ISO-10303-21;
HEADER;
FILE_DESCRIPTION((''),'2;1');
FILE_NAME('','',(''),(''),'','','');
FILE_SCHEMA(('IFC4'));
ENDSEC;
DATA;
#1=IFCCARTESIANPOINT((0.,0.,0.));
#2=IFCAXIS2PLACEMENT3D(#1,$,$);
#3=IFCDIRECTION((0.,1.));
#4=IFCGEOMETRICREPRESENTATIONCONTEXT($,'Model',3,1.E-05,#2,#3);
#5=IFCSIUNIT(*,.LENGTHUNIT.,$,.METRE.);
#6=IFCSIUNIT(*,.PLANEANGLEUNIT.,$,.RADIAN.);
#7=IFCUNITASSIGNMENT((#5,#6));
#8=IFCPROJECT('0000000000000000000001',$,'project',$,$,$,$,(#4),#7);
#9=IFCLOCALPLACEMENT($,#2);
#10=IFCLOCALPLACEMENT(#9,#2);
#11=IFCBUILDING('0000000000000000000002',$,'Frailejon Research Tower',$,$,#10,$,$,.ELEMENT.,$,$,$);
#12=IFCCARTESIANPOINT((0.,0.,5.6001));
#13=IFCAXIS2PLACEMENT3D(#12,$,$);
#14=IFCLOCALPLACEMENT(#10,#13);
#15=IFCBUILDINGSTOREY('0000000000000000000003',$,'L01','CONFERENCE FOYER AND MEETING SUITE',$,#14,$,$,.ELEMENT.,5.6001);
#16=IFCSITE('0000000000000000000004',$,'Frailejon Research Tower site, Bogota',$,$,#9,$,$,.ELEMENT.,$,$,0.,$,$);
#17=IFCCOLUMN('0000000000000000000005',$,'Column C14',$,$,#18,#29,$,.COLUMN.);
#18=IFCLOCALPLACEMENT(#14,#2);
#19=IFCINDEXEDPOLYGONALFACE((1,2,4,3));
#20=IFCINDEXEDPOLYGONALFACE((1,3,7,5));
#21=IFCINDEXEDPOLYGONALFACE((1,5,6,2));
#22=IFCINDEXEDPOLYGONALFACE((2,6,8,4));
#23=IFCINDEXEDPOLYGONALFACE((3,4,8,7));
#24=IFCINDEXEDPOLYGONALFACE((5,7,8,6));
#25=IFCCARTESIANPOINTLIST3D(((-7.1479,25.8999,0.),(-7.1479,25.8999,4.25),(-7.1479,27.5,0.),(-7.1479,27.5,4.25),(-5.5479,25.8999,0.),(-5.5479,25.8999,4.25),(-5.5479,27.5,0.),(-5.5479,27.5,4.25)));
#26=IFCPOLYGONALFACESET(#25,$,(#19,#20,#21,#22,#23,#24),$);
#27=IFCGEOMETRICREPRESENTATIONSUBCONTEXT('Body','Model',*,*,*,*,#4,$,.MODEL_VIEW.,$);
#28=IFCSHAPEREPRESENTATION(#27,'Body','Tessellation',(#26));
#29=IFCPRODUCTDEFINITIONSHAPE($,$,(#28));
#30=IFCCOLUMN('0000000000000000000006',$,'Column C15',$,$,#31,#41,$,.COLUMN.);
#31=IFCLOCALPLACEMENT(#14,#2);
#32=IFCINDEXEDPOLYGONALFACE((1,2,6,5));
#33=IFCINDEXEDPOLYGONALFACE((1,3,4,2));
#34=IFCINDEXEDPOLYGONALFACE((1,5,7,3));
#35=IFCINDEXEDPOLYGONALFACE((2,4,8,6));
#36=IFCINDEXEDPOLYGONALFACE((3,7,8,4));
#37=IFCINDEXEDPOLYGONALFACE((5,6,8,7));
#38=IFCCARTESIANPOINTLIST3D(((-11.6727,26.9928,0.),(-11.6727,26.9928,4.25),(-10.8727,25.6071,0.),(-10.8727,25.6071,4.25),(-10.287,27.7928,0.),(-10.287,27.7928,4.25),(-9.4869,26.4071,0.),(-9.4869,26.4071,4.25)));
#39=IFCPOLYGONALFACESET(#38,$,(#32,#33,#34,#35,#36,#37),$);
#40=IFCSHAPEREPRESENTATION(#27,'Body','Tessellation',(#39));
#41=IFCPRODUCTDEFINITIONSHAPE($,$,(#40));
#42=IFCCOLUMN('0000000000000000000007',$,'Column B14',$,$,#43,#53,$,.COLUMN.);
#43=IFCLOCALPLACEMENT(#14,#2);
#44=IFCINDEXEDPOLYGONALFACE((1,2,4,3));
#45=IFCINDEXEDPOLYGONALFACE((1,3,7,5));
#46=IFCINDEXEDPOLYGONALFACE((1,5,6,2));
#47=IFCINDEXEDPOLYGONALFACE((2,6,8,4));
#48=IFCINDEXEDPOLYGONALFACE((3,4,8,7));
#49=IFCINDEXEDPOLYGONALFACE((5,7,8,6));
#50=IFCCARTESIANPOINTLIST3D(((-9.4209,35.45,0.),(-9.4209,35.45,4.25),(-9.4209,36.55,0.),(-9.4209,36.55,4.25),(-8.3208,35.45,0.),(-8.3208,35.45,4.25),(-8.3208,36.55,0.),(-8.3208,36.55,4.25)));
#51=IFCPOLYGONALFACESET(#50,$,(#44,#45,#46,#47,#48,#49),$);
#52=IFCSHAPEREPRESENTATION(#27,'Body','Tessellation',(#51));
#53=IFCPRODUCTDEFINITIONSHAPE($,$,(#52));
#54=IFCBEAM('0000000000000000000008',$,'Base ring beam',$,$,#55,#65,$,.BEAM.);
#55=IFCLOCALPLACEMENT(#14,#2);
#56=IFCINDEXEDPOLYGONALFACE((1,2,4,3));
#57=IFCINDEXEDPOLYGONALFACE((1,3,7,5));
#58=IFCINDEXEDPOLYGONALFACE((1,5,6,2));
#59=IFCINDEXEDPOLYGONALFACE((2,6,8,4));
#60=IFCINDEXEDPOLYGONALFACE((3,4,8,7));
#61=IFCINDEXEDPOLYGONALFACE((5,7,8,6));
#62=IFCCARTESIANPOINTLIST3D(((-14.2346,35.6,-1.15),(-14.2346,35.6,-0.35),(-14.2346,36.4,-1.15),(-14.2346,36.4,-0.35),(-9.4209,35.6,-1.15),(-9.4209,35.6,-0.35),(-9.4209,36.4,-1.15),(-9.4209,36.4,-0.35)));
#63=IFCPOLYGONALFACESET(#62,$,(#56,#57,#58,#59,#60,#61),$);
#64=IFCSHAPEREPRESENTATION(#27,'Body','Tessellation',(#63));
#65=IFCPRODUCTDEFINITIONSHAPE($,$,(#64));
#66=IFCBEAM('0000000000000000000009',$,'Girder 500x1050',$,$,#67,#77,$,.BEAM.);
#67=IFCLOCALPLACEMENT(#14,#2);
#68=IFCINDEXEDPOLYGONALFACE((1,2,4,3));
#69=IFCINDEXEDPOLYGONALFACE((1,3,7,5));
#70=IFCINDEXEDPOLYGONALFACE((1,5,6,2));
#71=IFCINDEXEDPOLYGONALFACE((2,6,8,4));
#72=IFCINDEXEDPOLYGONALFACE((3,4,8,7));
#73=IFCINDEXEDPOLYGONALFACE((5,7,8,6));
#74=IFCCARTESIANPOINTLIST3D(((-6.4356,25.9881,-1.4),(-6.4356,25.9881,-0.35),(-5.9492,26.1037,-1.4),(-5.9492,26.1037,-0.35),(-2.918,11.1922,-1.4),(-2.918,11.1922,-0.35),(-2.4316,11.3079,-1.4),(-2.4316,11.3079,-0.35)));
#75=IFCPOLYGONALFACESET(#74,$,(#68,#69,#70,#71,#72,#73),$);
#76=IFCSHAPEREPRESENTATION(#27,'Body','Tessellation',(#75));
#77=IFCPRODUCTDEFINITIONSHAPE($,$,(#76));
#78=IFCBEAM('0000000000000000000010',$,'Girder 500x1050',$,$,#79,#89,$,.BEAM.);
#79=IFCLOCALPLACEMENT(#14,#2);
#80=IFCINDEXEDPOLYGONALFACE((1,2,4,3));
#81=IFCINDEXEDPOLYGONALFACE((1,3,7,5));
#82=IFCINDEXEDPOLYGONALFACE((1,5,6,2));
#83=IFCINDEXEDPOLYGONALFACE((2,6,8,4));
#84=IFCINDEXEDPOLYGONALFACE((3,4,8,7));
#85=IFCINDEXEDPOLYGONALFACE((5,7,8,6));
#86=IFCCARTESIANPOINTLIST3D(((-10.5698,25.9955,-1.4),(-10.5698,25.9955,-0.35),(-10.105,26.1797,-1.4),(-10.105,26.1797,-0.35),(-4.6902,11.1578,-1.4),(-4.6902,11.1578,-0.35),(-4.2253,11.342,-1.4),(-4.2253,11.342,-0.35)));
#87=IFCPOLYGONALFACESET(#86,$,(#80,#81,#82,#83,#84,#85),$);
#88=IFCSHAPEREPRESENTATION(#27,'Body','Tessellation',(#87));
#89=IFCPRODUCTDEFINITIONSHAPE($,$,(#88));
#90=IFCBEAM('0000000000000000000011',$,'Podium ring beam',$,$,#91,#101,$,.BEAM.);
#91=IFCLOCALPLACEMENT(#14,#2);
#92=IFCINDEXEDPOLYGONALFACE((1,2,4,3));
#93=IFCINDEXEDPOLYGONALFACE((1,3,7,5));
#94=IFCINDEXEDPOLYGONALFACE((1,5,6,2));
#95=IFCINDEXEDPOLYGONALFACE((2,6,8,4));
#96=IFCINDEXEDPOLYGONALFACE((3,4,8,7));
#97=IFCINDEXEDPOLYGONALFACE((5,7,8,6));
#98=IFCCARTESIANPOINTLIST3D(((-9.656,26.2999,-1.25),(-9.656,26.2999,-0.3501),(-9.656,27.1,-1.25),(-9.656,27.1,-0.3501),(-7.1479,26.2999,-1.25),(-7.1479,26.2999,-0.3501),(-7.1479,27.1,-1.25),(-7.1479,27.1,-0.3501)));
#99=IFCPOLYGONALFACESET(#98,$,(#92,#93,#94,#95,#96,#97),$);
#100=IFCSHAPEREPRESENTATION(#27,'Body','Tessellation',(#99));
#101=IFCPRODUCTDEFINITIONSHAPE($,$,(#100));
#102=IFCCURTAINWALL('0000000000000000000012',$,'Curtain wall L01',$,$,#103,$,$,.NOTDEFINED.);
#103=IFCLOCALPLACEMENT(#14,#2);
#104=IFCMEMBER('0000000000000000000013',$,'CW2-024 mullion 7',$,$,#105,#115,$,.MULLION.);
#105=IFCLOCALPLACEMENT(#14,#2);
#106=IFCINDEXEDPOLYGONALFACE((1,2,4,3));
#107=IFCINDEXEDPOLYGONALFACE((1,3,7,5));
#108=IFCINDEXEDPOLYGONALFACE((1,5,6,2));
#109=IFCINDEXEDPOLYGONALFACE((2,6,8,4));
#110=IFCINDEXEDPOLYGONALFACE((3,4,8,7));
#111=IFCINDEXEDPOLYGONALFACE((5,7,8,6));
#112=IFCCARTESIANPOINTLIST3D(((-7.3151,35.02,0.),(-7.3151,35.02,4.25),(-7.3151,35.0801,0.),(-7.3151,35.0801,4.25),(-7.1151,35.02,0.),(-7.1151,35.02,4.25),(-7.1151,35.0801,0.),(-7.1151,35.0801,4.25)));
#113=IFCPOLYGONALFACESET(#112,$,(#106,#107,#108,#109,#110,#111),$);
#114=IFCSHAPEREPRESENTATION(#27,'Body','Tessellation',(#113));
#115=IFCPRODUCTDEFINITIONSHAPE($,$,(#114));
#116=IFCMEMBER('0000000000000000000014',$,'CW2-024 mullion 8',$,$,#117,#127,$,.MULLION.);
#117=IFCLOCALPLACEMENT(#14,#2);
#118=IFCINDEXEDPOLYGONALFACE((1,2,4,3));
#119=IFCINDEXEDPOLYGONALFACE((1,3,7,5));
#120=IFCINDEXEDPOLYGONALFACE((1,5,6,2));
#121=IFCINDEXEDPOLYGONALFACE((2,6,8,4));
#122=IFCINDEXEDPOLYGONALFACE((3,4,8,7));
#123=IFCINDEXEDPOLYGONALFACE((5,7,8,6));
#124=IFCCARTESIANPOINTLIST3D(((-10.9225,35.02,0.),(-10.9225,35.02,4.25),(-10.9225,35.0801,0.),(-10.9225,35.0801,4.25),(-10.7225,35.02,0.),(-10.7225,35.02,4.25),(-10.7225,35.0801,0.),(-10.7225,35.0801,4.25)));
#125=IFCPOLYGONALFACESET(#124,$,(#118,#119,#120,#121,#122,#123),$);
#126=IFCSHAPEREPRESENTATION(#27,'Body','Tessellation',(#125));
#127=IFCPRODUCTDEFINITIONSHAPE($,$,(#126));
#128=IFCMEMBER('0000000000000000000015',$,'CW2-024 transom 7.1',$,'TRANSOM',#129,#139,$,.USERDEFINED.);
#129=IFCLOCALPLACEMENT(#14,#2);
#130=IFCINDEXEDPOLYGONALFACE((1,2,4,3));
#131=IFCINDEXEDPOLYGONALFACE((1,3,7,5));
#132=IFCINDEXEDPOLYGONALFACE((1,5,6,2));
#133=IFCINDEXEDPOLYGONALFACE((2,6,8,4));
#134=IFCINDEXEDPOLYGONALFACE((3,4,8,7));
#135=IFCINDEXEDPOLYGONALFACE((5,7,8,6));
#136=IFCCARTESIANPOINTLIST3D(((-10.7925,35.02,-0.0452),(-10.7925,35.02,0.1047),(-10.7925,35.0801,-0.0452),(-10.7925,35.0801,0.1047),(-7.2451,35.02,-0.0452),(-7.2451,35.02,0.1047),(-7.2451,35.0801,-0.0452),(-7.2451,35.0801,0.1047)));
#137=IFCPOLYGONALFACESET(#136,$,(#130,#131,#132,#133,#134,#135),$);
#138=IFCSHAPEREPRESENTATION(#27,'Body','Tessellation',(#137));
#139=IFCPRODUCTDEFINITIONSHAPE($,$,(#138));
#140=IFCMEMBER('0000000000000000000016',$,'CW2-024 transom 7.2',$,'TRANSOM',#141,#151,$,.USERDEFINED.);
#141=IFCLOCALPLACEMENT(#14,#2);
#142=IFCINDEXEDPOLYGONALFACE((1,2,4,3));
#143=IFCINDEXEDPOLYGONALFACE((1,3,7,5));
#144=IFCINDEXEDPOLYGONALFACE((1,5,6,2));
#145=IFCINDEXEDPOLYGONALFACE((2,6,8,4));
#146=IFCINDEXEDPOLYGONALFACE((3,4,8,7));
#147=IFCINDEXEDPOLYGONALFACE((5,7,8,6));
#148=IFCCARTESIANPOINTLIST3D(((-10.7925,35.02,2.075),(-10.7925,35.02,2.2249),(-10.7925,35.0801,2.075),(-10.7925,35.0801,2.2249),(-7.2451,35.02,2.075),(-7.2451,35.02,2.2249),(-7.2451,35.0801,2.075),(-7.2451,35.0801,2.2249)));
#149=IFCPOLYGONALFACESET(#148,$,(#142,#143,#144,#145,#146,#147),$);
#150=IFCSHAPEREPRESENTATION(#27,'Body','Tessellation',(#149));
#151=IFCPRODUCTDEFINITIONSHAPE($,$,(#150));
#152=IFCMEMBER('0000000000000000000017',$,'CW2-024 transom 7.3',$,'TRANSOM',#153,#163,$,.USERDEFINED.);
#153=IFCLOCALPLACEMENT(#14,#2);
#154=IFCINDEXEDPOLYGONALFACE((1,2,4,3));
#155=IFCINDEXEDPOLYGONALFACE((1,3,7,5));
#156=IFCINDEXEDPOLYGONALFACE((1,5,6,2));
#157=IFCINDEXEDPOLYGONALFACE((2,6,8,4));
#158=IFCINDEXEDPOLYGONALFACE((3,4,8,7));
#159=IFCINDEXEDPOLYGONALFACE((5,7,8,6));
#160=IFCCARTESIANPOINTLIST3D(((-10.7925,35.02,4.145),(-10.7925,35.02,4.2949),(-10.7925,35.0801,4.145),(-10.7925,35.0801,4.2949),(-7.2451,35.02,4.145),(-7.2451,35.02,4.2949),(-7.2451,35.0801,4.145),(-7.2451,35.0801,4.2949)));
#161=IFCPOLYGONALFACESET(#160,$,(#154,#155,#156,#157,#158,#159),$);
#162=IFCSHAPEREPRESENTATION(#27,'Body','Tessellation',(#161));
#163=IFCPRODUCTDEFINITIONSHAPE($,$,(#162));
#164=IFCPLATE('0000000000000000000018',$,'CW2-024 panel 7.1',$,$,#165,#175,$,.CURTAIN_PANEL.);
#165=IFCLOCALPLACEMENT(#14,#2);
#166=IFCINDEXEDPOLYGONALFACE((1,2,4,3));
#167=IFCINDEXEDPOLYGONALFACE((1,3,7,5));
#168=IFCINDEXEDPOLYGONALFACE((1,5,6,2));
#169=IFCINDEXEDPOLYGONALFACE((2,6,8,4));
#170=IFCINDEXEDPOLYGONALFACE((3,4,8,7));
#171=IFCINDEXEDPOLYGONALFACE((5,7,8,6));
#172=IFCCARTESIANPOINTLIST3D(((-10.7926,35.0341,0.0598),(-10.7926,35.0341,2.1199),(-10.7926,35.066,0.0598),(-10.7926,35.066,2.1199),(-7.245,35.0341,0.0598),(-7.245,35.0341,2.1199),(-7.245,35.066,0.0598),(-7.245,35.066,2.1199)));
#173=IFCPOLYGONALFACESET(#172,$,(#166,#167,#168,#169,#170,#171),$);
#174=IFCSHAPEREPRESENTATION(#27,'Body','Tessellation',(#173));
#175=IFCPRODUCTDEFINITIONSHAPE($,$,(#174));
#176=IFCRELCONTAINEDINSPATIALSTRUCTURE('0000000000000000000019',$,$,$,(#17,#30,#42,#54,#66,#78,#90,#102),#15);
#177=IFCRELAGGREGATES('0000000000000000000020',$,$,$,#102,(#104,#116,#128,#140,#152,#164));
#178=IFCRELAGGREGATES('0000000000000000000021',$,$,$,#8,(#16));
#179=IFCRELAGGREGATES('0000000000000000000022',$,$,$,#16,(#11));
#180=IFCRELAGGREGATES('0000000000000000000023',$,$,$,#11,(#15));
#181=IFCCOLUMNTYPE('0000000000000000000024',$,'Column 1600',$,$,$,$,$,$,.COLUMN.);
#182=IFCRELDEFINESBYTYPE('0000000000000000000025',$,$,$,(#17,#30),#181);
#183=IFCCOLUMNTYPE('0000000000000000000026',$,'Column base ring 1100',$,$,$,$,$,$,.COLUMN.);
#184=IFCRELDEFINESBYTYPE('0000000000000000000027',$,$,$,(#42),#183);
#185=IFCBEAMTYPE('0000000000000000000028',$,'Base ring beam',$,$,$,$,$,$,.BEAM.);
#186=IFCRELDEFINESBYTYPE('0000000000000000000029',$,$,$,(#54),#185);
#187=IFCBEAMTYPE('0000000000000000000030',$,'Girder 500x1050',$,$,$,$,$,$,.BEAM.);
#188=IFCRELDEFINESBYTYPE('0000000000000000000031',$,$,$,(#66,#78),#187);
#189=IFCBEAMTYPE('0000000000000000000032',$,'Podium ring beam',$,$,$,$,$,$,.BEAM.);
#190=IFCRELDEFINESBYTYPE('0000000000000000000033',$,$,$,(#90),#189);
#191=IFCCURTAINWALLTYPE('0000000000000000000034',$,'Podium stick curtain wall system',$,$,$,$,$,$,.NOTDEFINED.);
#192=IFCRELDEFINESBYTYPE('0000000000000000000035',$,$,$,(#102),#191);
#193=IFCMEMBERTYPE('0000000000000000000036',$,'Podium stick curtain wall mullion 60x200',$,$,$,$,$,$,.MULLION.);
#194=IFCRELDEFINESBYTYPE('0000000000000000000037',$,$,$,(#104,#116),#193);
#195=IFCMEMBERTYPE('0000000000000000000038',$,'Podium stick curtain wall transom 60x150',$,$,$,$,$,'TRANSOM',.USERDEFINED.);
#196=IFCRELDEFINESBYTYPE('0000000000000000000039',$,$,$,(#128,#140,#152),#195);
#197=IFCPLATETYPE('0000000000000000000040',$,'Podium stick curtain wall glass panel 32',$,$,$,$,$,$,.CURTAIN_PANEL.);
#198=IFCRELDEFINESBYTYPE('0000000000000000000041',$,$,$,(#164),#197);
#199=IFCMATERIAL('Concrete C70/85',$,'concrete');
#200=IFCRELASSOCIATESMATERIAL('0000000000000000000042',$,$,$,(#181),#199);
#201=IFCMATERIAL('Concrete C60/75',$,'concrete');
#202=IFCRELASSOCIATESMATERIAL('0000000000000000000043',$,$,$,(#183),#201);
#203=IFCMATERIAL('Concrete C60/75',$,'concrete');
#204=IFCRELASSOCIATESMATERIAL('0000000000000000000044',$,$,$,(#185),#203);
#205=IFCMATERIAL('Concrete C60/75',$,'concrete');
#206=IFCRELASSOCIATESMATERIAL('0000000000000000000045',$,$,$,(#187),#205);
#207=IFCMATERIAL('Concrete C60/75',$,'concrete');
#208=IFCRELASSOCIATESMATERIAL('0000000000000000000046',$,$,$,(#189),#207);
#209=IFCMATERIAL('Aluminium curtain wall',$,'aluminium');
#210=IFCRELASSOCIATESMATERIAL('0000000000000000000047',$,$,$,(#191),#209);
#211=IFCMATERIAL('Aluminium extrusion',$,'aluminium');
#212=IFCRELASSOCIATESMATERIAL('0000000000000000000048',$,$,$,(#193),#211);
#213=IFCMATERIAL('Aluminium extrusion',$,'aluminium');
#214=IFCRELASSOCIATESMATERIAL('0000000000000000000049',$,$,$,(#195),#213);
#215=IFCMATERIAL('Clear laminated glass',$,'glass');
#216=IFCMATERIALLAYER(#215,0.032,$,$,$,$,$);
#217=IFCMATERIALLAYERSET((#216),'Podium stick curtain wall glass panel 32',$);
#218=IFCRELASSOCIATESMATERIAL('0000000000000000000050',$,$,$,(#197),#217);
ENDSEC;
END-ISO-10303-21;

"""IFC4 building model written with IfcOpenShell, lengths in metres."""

from ifc_helpers import new_model, si_unit, direction, frame, origin, origin_2d, place, context, subcontext, project, spatial, rectangle, extrude, material, layer, layer_set, material_profile, profile_set, type_object, element, aggregate, save


model = new_model("IFC4")

# Units and contexts
model_context = context("Model", 3, precision=1e-05, world=origin(), true_north=direction((0.0, 1.0)))
body_context = subcontext(model_context, "Body", "Model", "MODEL_VIEW")
ifc_project = project(units=[si_unit("LENGTHUNIT", "METRE"), si_unit("PLANEANGLEUNIT", "RADIAN")], contexts=[model_context])

# Site, building, storey
site_placement = place(None, origin())
site = spatial("IfcSite", under=ifc_project, at=site_placement, Name="Frailejon Research Tower site, Bogota", CompositionType="ELEMENT", RefElevation=0.0)
building_placement = place(site_placement, origin())
building = spatial("IfcBuilding", under=site, at=building_placement, Name="Frailejon Research Tower", CompositionType="ELEMENT")
storey_placement = place(building_placement, frame((0.0, 0.0, 5.6001)))
storey = spatial("IfcBuildingStorey", under=building, at=storey_placement, Name="L01", Description="CONFERENCE FOYER AND MEETING SUITE", CompositionType="ELEMENT", Elevation=5.6001)

# Columns
ifc_material_1 = material(Name="Concrete C70/85", Category="concrete")
ifc_material_profile_1 = material_profile(ifc_material_1, rectangle(XDim=1.6001, YDim=1.6001, at=origin_2d()), Name="Column 1600")
ifc_profile_set_1 = profile_set([ifc_material_profile_1], Name="Concrete C70/85")
column_type_1 = type_object("IfcColumnType", Name="Column 1600", PredefinedType="COLUMN", material=ifc_profile_set_1)
for number, where, z_axis, x_axis, name in (
    (1, (-6.3479, 26.7, 0.0), (0.0, 0.0, 1.0), (-1.0, 0.0, 0.0), "Column C14"),
    (2, (-10.5798, 26.7, 0.0), (0.0, 0.0, 1.0), (-0.866025, -0.5, 0.0), "Column C15"),
):
    element("IfcColumn", number, at=place(storey_placement, frame(where, z_axis=z_axis, x_axis=x_axis)), inside=storey, type_object=column_type_1, Name=name, PredefinedType="COLUMN", context=body_context, shape_type="SweptSolid", body=[
        extrude(rectangle(XDim=1.6001, YDim=1.6001, at=origin_2d()), origin(), (0.0, 0.0, 1.0), 4.25),
    ])
ifc_material_2 = material(Name="Concrete C60/75", Category="concrete")
ifc_material_profile_2 = material_profile(ifc_material_2, rectangle(XDim=1.1001, YDim=1.1001, at=origin_2d()), Name="Column base ring 1100")
ifc_profile_set_2 = profile_set([ifc_material_profile_2], Name="Concrete C60/75")
column_type_2 = type_object("IfcColumnType", Name="Column base ring 1100", PredefinedType="COLUMN", material=ifc_profile_set_2)
column_placement = place(storey_placement, frame((-8.8708, 36.0, 0.0), z_axis=(0.0, 0.0, 1.0), x_axis=(-1.0, 0.0, 0.0)))
element("IfcColumn", 3, at=column_placement, inside=storey, type_object=column_type_2, Name="Column B14", PredefinedType="COLUMN", context=body_context, shape_type="SweptSolid", body=[
    extrude(rectangle(XDim=1.1001, YDim=1.1001, at=origin_2d()), origin(), (0.0, 0.0, 1.0), 4.25),
])

# Beams
ifc_material_3 = material(Name="Concrete C60/75", Category="concrete")
ifc_material_profile_3 = material_profile(ifc_material_3, rectangle(XDim=0.8, YDim=0.8, at=origin_2d()), Name="Base ring beam")
ifc_profile_set_3 = profile_set([ifc_material_profile_3], Name="Concrete C60/75")
beam_type_1 = type_object("IfcBeamType", Name="Base ring beam", PredefinedType="BEAM", material=ifc_profile_set_3)
beam_1_placement = place(storey_placement, frame((-9.4209, 36.0, -0.75), z_axis=(-1.0, 0.0, 0.0), x_axis=(0.0, -1.0, 0.0)))
element("IfcBeam", 4, at=beam_1_placement, inside=storey, type_object=beam_type_1, Name="Base ring beam", PredefinedType="BEAM", context=body_context, shape_type="SweptSolid", body=[
    extrude(rectangle(XDim=0.8, YDim=0.8, at=origin_2d()), origin(), (0.0, 0.0, 1.0), 4.8137),
])
ifc_material_4 = material(Name="Concrete C60/75", Category="concrete")
ifc_material_profile_4 = material_profile(ifc_material_4, rectangle(XDim=0.5, YDim=1.05, at=origin_2d()), Name="Girder 500x1050")
ifc_profile_set_4 = profile_set([ifc_material_profile_4], Name="Concrete C60/75")
beam_type_2 = type_object("IfcBeamType", Name="Girder 500x1050", PredefinedType="BEAM", material=ifc_profile_set_4)
beam_2_placement = place(storey_placement, frame((-6.1924, 26.0459, -0.875), z_axis=(0.231294, -0.972884, 0.0), x_axis=(0.972884, 0.231294, 0.0)))
element("IfcBeam", 5, at=beam_2_placement, inside=storey, type_object=beam_type_2, Name="Girder 500x1050", PredefinedType="BEAM", context=body_context, shape_type="SweptSolid", body=[
    extrude(rectangle(XDim=0.5, YDim=1.05, at=origin_2d()), origin(), (0.0, 0.0, 1.0), 15.2083),
])
beam_3_placement = place(storey_placement, frame((-10.3374, 26.0876, -0.875), z_axis=(0.368395, -0.929669, 0.0), x_axis=(0.929669, 0.368395, 0.0)))
element("IfcBeam", 6, at=beam_3_placement, inside=storey, type_object=beam_type_2, Name="Girder 500x1050", PredefinedType="BEAM", context=body_context, shape_type="SweptSolid", body=[
    extrude(rectangle(XDim=0.5, YDim=1.05, at=origin_2d()), origin(), (0.0, 0.0, 1.0), 15.9602),
])
ifc_material_5 = material(Name="Concrete C60/75", Category="concrete")
ifc_material_profile_5 = material_profile(ifc_material_5, rectangle(XDim=0.8, YDim=0.8999, at=origin_2d()), Name="Podium ring beam")
ifc_profile_set_5 = profile_set([ifc_material_profile_5], Name="Concrete C60/75")
beam_type_3 = type_object("IfcBeamType", Name="Podium ring beam", PredefinedType="BEAM", material=ifc_profile_set_5)
beam_4_placement = place(storey_placement, frame((-7.1479, 26.7, -0.8), z_axis=(-1.0, 0.0, 0.0), x_axis=(0.0, -1.0, 0.0)))
element("IfcBeam", 7, at=beam_4_placement, inside=storey, type_object=beam_type_3, Name="Podium ring beam", PredefinedType="BEAM", context=body_context, shape_type="SweptSolid", body=[
    extrude(rectangle(XDim=0.8, YDim=0.8999, at=origin_2d()), origin(), (0.0, 0.0, 1.0), 2.5081),
])

# Curtain wall, members, plate
ifc_material_6 = material(Name="Aluminium curtain wall", Category="aluminium")
curtain_wall_type = type_object("IfcCurtainWallType", Name="Podium stick curtain wall system", PredefinedType="NOTDEFINED", material=ifc_material_6)
curtain_wall_placement = place(storey_placement, origin())
curtain_wall = element("IfcCurtainWall", 8, at=curtain_wall_placement, inside=storey, type_object=curtain_wall_type, Name="Curtain wall L01", PredefinedType="NOTDEFINED")
ifc_material_7 = material(Name="Aluminium extrusion", Category="aluminium")
ifc_material_profile_6 = material_profile(ifc_material_7, rectangle(XDim=0.0601, YDim=0.2, at=origin_2d()), Name="Podium stick curtain wall mullion 60x200")
ifc_profile_set_6 = profile_set([ifc_material_profile_6], Name="Aluminium extrusion")
member_type_1 = type_object("IfcMemberType", Name="Podium stick curtain wall mullion 60x200", PredefinedType="MULLION", material=ifc_profile_set_6)
member_1_placement = place(storey_placement, frame((-7.2151, 35.05, 0.0), z_axis=(0.0, 0.0, 1.0), x_axis=(0.0, -1.0, 0.0)))
member_1 = element("IfcMember", 9, at=member_1_placement, type_object=member_type_1, Name="CW2-024 mullion 7", PredefinedType="MULLION", context=body_context, shape_type="SweptSolid", body=[
    extrude(rectangle(XDim=0.0601, YDim=0.2, at=origin_2d()), origin(), (0.0, 0.0, 1.0), 4.25),
])
member_2_placement = place(storey_placement, frame((-10.8225, 35.05, 0.0), z_axis=(0.0, 0.0, 1.0), x_axis=(0.0, -1.0, 0.0)))
member_2 = element("IfcMember", 10, at=member_2_placement, type_object=member_type_1, Name="CW2-024 mullion 8", PredefinedType="MULLION", context=body_context, shape_type="SweptSolid", body=[
    extrude(rectangle(XDim=0.0601, YDim=0.2, at=origin_2d()), origin(), (0.0, 0.0, 1.0), 4.25),
])
ifc_material_8 = material(Name="Aluminium extrusion", Category="aluminium")
ifc_material_profile_7 = material_profile(ifc_material_8, rectangle(XDim=0.0601, YDim=0.1499, at=origin_2d()), Name="Podium stick curtain wall transom 60x150")
ifc_profile_set_7 = profile_set([ifc_material_profile_7], Name="Aluminium extrusion")
member_type_2 = type_object("IfcMemberType", Name="Podium stick curtain wall transom 60x150", ElementType="TRANSOM", PredefinedType="USERDEFINED", material=ifc_profile_set_7)
member_3_placement = place(storey_placement, frame((-7.2451, 35.05, 0.0298), z_axis=(-1.0, 0.0, 0.0), x_axis=(0.0, -1.0, 0.0)))
member_3 = element("IfcMember", 11, at=member_3_placement, type_object=member_type_2, Name="CW2-024 transom 7.1", ObjectType="TRANSOM", PredefinedType="USERDEFINED", context=body_context, shape_type="SweptSolid", body=[
    extrude(rectangle(XDim=0.0601, YDim=0.1499, at=origin_2d()), origin(), (0.0, 0.0, 1.0), 3.5474),
])
member_4_placement = place(storey_placement, frame((-7.2451, 35.05, 2.1499), z_axis=(-1.0, 0.0, 0.0), x_axis=(0.0, -1.0, 0.0)))
member_4 = element("IfcMember", 12, at=member_4_placement, type_object=member_type_2, Name="CW2-024 transom 7.2", ObjectType="TRANSOM", PredefinedType="USERDEFINED", context=body_context, shape_type="SweptSolid", body=[
    extrude(rectangle(XDim=0.0601, YDim=0.1499, at=origin_2d()), origin(), (0.0, 0.0, 1.0), 3.5474),
])
member_5_placement = place(storey_placement, frame((-7.2451, 35.05, 4.22), z_axis=(-1.0, 0.0, 0.0), x_axis=(0.0, -1.0, 0.0)))
member_5 = element("IfcMember", 13, at=member_5_placement, type_object=member_type_2, Name="CW2-024 transom 7.3", ObjectType="TRANSOM", PredefinedType="USERDEFINED", context=body_context, shape_type="SweptSolid", body=[
    extrude(rectangle(XDim=0.0601, YDim=0.1499, at=origin_2d()), origin(), (0.0, 0.0, 1.0), 3.5474),
])
ifc_material_9 = material(Name="Clear laminated glass", Category="glass")
ifc_layer_1 = layer(ifc_material_9, 0.032)
ifc_layer_set_1 = layer_set([ifc_layer_1], Name="Podium stick curtain wall glass panel 32")
plate_type = type_object("IfcPlateType", Name="Podium stick curtain wall glass panel 32", PredefinedType="CURTAIN_PANEL", material=ifc_layer_set_1)
plate_1_placement = place(storey_placement, frame((-9.0188, 35.05, 0.0598), z_axis=(0.0, 0.0, 1.0), x_axis=(-1.0, 0.0, 0.0)))
plate_1 = element("IfcPlate", 14, at=plate_1_placement, type_object=plate_type, Name="CW2-024 panel 7.1", PredefinedType="CURTAIN_PANEL", context=body_context, shape_type="SweptSolid", body=[
    extrude(rectangle(XDim=3.5476, YDim=0.032, at=origin_2d()), origin(), (0.0, 0.0, 1.0), 2.0601),
])
aggregate(curtain_wall, [member_1, member_2, member_3, member_4, member_5, plate_1])

save(model, "model.ifc")
